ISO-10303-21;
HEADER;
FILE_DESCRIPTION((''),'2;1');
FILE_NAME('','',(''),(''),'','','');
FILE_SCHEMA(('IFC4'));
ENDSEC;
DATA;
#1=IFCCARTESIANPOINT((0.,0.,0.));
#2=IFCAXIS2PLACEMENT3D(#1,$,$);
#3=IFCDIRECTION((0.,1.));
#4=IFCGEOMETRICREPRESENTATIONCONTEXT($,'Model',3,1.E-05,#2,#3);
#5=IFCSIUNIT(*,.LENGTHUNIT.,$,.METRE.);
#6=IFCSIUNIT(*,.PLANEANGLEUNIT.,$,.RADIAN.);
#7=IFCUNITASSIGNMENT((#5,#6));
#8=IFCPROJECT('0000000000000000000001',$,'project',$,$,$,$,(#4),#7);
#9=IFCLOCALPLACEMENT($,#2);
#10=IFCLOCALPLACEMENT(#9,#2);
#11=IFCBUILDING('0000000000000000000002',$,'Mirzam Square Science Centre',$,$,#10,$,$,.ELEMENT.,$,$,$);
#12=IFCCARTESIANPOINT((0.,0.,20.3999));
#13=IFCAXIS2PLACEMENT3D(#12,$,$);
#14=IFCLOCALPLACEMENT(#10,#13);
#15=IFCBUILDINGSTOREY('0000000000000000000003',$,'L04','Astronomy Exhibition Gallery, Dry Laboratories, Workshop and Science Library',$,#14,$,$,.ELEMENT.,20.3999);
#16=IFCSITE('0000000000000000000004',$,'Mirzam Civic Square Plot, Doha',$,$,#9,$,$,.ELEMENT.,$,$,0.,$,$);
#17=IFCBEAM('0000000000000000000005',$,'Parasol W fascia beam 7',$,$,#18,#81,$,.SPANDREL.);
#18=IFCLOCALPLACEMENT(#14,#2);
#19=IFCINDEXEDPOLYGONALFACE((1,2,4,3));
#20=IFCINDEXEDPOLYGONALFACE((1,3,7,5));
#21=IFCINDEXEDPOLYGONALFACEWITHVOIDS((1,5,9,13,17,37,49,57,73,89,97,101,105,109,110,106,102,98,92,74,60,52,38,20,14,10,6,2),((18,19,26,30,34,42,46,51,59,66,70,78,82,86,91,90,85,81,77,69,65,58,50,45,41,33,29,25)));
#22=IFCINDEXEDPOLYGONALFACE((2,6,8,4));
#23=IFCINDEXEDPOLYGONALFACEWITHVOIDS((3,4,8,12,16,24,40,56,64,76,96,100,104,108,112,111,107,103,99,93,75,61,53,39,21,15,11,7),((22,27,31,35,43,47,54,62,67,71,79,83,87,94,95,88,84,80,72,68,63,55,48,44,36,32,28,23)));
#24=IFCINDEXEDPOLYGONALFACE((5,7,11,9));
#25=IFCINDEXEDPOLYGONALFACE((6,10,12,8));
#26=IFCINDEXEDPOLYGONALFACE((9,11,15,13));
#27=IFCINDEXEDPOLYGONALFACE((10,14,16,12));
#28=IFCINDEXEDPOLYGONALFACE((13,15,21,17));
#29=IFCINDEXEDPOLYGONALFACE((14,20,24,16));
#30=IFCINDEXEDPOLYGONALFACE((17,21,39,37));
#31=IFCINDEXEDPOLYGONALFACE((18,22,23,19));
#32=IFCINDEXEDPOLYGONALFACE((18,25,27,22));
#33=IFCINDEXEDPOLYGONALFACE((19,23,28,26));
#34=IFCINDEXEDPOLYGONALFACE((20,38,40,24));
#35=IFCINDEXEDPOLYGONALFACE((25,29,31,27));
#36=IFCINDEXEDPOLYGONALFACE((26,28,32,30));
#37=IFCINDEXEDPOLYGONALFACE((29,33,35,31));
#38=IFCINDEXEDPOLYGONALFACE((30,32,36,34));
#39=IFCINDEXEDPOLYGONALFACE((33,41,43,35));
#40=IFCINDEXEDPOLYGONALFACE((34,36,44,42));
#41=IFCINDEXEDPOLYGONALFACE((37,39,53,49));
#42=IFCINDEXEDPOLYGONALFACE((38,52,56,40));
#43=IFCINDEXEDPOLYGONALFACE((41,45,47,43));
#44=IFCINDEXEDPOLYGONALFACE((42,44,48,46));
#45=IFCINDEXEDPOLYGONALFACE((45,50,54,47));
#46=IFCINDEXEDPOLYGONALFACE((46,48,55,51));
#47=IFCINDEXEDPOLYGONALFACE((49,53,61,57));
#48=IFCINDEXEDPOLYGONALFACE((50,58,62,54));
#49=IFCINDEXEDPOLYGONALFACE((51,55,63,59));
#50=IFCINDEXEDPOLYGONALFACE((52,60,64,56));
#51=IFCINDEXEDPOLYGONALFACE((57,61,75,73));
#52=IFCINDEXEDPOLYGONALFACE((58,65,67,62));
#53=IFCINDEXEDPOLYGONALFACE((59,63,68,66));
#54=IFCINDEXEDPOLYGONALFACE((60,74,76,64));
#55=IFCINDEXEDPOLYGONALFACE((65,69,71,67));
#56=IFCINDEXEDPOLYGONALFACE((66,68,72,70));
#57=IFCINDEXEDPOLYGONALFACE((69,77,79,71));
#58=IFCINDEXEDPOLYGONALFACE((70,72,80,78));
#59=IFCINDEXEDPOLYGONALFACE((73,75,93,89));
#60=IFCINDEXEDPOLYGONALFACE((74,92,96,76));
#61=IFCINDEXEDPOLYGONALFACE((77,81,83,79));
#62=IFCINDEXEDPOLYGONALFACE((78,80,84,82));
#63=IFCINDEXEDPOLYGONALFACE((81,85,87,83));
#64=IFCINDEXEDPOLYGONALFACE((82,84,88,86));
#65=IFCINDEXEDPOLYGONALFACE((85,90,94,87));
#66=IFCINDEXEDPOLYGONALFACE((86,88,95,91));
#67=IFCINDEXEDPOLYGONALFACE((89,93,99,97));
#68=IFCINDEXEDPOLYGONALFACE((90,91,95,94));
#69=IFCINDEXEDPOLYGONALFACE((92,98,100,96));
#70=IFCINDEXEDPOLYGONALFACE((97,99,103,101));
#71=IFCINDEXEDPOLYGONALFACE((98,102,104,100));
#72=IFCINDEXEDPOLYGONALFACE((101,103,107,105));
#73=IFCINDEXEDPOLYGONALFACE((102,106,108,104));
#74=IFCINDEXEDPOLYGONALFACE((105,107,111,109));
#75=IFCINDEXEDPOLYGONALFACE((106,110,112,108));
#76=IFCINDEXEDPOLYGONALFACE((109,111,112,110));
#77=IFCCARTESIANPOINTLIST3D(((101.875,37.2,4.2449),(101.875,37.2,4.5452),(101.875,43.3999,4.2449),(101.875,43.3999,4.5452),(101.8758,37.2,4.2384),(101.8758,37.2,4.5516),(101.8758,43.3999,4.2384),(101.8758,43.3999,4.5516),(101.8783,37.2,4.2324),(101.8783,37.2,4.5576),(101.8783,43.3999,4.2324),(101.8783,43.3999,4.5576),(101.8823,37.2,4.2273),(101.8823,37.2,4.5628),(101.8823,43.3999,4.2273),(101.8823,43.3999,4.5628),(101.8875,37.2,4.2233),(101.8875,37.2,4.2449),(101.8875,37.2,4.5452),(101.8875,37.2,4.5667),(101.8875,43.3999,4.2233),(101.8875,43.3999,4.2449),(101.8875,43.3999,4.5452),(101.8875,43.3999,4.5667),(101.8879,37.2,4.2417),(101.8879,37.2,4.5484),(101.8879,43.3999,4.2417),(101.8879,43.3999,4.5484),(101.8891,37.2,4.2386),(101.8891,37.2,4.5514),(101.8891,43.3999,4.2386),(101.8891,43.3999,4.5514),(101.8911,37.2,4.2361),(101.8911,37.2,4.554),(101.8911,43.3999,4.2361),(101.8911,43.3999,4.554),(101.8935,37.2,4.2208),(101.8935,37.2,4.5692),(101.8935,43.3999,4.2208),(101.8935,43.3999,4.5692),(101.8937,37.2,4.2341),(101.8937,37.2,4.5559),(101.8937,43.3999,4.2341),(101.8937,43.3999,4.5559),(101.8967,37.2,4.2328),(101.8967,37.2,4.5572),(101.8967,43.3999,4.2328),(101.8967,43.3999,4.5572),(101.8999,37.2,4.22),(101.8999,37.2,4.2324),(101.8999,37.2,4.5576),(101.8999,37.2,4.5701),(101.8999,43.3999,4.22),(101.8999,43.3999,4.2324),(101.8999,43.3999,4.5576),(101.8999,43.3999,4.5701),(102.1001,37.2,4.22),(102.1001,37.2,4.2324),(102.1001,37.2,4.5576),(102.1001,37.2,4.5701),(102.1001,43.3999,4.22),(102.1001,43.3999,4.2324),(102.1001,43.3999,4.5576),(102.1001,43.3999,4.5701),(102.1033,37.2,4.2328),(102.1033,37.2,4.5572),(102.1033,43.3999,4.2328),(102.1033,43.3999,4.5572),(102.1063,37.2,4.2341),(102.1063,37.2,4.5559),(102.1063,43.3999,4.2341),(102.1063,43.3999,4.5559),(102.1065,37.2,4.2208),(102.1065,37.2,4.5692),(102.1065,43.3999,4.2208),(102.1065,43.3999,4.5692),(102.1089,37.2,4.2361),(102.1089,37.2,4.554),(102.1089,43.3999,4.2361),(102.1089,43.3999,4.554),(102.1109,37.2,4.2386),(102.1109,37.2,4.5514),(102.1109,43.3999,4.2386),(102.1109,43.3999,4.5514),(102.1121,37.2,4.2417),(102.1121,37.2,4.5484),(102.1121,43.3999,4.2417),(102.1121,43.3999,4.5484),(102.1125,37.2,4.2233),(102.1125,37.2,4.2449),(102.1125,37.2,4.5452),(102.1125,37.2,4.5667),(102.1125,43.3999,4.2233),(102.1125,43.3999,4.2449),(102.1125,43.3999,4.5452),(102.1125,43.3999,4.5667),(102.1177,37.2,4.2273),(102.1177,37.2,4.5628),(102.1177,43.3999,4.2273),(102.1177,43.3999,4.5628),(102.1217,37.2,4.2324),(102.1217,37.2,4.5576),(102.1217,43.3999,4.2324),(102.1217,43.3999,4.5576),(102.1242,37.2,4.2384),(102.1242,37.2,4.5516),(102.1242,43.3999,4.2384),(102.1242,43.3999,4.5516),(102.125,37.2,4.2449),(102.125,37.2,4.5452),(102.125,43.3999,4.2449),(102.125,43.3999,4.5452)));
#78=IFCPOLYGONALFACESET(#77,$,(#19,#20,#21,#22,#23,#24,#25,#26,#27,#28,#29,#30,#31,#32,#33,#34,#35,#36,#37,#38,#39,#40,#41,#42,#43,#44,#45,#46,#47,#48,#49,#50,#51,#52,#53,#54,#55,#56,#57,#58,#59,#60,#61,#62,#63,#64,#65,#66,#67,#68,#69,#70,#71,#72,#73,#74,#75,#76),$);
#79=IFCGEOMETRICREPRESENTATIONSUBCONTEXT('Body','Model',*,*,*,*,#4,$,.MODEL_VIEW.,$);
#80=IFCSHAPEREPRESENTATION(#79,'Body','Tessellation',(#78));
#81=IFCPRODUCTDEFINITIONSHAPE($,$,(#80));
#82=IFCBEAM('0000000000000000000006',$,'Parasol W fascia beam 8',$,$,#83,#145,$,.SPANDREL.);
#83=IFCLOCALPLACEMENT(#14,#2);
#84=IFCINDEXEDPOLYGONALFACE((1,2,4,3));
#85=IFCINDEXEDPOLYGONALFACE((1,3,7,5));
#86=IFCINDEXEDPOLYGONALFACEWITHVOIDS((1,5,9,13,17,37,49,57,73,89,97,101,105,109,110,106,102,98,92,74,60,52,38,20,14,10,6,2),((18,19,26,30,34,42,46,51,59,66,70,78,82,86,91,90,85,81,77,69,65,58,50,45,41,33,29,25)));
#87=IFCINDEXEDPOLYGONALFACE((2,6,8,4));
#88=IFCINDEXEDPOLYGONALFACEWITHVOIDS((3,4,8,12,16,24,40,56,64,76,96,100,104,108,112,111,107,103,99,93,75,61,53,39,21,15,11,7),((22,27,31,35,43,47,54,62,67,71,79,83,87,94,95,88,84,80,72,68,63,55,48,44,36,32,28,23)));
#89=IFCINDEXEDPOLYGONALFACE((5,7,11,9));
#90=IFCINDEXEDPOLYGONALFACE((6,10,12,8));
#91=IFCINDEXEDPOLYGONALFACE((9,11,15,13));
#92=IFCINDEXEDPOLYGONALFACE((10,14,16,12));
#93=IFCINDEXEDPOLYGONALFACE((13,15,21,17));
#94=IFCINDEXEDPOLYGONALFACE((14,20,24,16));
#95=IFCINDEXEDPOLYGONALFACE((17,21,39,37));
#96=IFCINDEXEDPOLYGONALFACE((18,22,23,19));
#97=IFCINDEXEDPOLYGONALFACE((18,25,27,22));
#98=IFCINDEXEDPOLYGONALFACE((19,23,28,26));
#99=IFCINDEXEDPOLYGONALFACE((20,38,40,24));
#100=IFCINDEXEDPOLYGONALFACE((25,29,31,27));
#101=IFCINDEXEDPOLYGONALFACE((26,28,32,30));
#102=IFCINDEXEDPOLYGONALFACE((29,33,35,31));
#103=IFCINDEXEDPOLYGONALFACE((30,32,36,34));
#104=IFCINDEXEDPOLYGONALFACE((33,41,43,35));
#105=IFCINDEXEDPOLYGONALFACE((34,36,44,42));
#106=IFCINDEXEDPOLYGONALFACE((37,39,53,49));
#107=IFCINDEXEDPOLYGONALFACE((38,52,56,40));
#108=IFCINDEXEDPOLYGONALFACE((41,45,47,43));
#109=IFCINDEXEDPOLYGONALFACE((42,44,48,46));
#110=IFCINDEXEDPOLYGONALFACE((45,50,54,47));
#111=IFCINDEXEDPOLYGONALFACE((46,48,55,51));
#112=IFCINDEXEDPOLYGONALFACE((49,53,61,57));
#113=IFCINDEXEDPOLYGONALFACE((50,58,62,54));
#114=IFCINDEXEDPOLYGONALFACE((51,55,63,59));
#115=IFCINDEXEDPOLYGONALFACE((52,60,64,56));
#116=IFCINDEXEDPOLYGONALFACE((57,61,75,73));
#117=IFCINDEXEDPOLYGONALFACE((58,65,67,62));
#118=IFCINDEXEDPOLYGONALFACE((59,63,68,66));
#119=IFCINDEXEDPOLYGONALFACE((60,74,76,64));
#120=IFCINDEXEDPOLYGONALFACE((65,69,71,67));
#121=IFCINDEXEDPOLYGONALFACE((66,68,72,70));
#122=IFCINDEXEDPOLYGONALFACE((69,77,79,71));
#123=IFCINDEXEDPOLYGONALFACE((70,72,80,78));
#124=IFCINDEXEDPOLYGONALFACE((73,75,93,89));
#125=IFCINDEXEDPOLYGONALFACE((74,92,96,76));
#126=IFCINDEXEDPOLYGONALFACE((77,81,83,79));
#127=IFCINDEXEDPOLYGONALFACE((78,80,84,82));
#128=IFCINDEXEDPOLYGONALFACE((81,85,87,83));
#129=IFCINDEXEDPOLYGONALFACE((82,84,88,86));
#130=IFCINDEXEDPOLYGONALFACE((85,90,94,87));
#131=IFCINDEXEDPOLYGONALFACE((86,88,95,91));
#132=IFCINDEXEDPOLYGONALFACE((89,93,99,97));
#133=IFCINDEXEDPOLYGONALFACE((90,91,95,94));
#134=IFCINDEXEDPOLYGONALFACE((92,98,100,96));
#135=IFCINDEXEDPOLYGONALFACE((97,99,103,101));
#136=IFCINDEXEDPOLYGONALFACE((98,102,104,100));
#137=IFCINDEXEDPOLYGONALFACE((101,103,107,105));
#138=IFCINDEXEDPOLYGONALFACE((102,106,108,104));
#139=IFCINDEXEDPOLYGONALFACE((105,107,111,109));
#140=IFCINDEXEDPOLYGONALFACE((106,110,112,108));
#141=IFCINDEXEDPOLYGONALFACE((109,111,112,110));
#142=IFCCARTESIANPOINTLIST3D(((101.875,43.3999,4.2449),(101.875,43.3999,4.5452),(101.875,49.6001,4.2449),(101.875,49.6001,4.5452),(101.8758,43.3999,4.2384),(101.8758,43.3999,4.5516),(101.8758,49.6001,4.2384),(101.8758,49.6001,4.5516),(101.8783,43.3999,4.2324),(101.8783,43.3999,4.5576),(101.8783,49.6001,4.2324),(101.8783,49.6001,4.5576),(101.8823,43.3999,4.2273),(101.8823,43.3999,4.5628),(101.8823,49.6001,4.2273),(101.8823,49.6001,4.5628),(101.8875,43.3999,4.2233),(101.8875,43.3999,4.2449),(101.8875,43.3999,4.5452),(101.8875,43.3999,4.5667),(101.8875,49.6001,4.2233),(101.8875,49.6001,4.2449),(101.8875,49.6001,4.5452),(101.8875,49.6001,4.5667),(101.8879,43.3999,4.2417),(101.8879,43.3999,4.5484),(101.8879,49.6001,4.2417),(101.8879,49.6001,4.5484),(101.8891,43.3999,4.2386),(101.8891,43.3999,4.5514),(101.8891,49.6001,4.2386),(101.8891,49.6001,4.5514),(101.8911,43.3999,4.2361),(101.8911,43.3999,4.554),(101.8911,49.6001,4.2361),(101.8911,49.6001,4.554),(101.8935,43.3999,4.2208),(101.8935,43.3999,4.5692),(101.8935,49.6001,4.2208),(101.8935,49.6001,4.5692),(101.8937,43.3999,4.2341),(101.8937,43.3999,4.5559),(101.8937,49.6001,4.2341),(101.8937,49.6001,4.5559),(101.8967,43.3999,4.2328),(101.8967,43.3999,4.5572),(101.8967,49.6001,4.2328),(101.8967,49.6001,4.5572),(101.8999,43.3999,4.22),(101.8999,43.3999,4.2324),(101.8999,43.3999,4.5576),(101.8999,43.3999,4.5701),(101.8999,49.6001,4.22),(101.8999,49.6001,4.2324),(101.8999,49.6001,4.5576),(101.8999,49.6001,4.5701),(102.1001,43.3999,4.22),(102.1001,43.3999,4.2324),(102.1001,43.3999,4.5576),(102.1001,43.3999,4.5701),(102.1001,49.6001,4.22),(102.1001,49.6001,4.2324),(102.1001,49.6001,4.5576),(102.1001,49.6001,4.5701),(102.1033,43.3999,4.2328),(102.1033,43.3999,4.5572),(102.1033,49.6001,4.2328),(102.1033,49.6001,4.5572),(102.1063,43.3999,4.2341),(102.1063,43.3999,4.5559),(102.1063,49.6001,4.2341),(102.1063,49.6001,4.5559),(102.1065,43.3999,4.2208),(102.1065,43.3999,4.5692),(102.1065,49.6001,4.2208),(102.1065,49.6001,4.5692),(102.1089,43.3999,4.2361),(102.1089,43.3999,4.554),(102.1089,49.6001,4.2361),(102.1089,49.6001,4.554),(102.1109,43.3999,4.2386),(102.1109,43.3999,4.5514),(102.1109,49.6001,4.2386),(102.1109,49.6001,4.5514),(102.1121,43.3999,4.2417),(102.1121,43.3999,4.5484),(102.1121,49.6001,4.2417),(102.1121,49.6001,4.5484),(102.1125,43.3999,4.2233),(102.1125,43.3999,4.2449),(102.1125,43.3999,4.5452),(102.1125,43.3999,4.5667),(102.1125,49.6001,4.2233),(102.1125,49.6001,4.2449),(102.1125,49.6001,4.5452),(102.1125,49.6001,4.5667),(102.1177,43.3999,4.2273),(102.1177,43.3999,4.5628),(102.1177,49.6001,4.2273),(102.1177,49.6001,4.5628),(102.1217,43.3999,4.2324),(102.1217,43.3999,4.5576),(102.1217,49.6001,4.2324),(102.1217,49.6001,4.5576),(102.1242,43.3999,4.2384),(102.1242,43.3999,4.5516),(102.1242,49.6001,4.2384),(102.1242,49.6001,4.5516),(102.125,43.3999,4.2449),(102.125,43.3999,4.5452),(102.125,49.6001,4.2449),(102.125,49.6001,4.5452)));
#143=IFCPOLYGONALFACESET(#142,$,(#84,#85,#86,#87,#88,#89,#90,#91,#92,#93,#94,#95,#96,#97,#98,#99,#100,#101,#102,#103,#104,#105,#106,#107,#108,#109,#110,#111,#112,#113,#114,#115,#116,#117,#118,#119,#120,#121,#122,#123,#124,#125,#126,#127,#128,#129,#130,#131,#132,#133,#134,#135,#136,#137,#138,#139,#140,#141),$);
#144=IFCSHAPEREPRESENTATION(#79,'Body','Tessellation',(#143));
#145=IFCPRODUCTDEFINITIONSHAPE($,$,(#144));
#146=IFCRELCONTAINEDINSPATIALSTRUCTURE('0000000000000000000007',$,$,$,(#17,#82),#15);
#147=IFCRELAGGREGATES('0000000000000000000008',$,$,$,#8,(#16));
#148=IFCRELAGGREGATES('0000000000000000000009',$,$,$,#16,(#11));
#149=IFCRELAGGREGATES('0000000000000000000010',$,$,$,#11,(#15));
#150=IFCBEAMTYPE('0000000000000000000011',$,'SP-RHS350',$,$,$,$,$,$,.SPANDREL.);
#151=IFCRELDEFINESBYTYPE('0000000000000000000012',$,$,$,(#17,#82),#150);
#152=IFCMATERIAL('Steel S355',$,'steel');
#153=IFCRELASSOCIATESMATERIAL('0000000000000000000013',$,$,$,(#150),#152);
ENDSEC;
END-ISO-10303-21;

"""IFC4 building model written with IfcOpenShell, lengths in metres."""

from ifc_helpers import new_model, si_unit, direction, frame, origin, origin_2d, place, context, subcontext, project, spatial, hollow_rectangle, extrude, material, material_profile, profile_set, type_object, element, save


model = new_model("IFC4")

# Units and contexts
model_context = context("Model", 3, precision=1e-05, world=origin(), true_north=direction((0.0, 1.0)))
body_context = subcontext(model_context, "Body", "Model", "MODEL_VIEW")
ifc_project = project(units=[si_unit("LENGTHUNIT", "METRE"), si_unit("PLANEANGLEUNIT", "RADIAN")], contexts=[model_context])

# Site, building, storey
site_placement = place(None, origin())
site = spatial("IfcSite", under=ifc_project, at=site_placement, Name="Mirzam Civic Square Plot, Doha", CompositionType="ELEMENT", RefElevation=0.0)
building_placement = place(site_placement, origin())
building = spatial("IfcBuilding", under=site, at=building_placement, Name="Mirzam Square Science Centre", CompositionType="ELEMENT")
storey_placement = place(building_placement, frame((0.0, 0.0, 20.3999)))
storey = spatial("IfcBuildingStorey", under=building, at=storey_placement, Name="L04", Description="Astronomy Exhibition Gallery, Dry Laboratories, Workshop and Science Library", CompositionType="ELEMENT", Elevation=20.3999)

# Shared definitions
ifc_material_1 = material(Name="Steel S355", Category="steel")

# Beams
ifc_material_profile_1 = material_profile(ifc_material_1, hollow_rectangle(XDim=0.25, YDim=0.3501, WallThickness=0.0125, InnerFilletRadius=0.0125, OuterFilletRadius=0.0249, at=origin_2d()), Name="350x250x12.5RHS")
ifc_profile_set_1 = profile_set([ifc_material_profile_1], Name="Steel S355")
beam_type_1 = type_object("IfcBeamType", Name="SP-RHS350", PredefinedType="SPANDREL", material=ifc_profile_set_1)
beam_1_placement = place(storey_placement, frame((102.0, 37.2, 4.395), z_axis=(0.0, 1.0, 0.0), x_axis=(-1.0, 0.0, 0.0)))
element("IfcBeam", 1, at=beam_1_placement, inside=storey, type_object=beam_type_1, Name="Parasol W fascia beam 7", PredefinedType="SPANDREL", context=body_context, shape_type="SweptSolid", body=[
    extrude(hollow_rectangle(XDim=0.25, YDim=0.3501, WallThickness=0.0125, InnerFilletRadius=0.0125, OuterFilletRadius=0.0249, at=origin_2d()), origin(), (0.0, 0.0, 1.0), 6.2),
])
beam_2_placement = place(storey_placement, frame((102.0, 43.3999, 4.395), z_axis=(0.0, 1.0, 0.0), x_axis=(-1.0, 0.0, 0.0)))
element("IfcBeam", 2, at=beam_2_placement, inside=storey, type_object=beam_type_1, Name="Parasol W fascia beam 8", PredefinedType="SPANDREL", context=body_context, shape_type="SweptSolid", body=[
    extrude(hollow_rectangle(XDim=0.25, YDim=0.3501, WallThickness=0.0125, InnerFilletRadius=0.0125, OuterFilletRadius=0.0249, at=origin_2d()), origin(), (0.0, 0.0, 1.0), 6.2002),
])

save(model, "model.ifc")
